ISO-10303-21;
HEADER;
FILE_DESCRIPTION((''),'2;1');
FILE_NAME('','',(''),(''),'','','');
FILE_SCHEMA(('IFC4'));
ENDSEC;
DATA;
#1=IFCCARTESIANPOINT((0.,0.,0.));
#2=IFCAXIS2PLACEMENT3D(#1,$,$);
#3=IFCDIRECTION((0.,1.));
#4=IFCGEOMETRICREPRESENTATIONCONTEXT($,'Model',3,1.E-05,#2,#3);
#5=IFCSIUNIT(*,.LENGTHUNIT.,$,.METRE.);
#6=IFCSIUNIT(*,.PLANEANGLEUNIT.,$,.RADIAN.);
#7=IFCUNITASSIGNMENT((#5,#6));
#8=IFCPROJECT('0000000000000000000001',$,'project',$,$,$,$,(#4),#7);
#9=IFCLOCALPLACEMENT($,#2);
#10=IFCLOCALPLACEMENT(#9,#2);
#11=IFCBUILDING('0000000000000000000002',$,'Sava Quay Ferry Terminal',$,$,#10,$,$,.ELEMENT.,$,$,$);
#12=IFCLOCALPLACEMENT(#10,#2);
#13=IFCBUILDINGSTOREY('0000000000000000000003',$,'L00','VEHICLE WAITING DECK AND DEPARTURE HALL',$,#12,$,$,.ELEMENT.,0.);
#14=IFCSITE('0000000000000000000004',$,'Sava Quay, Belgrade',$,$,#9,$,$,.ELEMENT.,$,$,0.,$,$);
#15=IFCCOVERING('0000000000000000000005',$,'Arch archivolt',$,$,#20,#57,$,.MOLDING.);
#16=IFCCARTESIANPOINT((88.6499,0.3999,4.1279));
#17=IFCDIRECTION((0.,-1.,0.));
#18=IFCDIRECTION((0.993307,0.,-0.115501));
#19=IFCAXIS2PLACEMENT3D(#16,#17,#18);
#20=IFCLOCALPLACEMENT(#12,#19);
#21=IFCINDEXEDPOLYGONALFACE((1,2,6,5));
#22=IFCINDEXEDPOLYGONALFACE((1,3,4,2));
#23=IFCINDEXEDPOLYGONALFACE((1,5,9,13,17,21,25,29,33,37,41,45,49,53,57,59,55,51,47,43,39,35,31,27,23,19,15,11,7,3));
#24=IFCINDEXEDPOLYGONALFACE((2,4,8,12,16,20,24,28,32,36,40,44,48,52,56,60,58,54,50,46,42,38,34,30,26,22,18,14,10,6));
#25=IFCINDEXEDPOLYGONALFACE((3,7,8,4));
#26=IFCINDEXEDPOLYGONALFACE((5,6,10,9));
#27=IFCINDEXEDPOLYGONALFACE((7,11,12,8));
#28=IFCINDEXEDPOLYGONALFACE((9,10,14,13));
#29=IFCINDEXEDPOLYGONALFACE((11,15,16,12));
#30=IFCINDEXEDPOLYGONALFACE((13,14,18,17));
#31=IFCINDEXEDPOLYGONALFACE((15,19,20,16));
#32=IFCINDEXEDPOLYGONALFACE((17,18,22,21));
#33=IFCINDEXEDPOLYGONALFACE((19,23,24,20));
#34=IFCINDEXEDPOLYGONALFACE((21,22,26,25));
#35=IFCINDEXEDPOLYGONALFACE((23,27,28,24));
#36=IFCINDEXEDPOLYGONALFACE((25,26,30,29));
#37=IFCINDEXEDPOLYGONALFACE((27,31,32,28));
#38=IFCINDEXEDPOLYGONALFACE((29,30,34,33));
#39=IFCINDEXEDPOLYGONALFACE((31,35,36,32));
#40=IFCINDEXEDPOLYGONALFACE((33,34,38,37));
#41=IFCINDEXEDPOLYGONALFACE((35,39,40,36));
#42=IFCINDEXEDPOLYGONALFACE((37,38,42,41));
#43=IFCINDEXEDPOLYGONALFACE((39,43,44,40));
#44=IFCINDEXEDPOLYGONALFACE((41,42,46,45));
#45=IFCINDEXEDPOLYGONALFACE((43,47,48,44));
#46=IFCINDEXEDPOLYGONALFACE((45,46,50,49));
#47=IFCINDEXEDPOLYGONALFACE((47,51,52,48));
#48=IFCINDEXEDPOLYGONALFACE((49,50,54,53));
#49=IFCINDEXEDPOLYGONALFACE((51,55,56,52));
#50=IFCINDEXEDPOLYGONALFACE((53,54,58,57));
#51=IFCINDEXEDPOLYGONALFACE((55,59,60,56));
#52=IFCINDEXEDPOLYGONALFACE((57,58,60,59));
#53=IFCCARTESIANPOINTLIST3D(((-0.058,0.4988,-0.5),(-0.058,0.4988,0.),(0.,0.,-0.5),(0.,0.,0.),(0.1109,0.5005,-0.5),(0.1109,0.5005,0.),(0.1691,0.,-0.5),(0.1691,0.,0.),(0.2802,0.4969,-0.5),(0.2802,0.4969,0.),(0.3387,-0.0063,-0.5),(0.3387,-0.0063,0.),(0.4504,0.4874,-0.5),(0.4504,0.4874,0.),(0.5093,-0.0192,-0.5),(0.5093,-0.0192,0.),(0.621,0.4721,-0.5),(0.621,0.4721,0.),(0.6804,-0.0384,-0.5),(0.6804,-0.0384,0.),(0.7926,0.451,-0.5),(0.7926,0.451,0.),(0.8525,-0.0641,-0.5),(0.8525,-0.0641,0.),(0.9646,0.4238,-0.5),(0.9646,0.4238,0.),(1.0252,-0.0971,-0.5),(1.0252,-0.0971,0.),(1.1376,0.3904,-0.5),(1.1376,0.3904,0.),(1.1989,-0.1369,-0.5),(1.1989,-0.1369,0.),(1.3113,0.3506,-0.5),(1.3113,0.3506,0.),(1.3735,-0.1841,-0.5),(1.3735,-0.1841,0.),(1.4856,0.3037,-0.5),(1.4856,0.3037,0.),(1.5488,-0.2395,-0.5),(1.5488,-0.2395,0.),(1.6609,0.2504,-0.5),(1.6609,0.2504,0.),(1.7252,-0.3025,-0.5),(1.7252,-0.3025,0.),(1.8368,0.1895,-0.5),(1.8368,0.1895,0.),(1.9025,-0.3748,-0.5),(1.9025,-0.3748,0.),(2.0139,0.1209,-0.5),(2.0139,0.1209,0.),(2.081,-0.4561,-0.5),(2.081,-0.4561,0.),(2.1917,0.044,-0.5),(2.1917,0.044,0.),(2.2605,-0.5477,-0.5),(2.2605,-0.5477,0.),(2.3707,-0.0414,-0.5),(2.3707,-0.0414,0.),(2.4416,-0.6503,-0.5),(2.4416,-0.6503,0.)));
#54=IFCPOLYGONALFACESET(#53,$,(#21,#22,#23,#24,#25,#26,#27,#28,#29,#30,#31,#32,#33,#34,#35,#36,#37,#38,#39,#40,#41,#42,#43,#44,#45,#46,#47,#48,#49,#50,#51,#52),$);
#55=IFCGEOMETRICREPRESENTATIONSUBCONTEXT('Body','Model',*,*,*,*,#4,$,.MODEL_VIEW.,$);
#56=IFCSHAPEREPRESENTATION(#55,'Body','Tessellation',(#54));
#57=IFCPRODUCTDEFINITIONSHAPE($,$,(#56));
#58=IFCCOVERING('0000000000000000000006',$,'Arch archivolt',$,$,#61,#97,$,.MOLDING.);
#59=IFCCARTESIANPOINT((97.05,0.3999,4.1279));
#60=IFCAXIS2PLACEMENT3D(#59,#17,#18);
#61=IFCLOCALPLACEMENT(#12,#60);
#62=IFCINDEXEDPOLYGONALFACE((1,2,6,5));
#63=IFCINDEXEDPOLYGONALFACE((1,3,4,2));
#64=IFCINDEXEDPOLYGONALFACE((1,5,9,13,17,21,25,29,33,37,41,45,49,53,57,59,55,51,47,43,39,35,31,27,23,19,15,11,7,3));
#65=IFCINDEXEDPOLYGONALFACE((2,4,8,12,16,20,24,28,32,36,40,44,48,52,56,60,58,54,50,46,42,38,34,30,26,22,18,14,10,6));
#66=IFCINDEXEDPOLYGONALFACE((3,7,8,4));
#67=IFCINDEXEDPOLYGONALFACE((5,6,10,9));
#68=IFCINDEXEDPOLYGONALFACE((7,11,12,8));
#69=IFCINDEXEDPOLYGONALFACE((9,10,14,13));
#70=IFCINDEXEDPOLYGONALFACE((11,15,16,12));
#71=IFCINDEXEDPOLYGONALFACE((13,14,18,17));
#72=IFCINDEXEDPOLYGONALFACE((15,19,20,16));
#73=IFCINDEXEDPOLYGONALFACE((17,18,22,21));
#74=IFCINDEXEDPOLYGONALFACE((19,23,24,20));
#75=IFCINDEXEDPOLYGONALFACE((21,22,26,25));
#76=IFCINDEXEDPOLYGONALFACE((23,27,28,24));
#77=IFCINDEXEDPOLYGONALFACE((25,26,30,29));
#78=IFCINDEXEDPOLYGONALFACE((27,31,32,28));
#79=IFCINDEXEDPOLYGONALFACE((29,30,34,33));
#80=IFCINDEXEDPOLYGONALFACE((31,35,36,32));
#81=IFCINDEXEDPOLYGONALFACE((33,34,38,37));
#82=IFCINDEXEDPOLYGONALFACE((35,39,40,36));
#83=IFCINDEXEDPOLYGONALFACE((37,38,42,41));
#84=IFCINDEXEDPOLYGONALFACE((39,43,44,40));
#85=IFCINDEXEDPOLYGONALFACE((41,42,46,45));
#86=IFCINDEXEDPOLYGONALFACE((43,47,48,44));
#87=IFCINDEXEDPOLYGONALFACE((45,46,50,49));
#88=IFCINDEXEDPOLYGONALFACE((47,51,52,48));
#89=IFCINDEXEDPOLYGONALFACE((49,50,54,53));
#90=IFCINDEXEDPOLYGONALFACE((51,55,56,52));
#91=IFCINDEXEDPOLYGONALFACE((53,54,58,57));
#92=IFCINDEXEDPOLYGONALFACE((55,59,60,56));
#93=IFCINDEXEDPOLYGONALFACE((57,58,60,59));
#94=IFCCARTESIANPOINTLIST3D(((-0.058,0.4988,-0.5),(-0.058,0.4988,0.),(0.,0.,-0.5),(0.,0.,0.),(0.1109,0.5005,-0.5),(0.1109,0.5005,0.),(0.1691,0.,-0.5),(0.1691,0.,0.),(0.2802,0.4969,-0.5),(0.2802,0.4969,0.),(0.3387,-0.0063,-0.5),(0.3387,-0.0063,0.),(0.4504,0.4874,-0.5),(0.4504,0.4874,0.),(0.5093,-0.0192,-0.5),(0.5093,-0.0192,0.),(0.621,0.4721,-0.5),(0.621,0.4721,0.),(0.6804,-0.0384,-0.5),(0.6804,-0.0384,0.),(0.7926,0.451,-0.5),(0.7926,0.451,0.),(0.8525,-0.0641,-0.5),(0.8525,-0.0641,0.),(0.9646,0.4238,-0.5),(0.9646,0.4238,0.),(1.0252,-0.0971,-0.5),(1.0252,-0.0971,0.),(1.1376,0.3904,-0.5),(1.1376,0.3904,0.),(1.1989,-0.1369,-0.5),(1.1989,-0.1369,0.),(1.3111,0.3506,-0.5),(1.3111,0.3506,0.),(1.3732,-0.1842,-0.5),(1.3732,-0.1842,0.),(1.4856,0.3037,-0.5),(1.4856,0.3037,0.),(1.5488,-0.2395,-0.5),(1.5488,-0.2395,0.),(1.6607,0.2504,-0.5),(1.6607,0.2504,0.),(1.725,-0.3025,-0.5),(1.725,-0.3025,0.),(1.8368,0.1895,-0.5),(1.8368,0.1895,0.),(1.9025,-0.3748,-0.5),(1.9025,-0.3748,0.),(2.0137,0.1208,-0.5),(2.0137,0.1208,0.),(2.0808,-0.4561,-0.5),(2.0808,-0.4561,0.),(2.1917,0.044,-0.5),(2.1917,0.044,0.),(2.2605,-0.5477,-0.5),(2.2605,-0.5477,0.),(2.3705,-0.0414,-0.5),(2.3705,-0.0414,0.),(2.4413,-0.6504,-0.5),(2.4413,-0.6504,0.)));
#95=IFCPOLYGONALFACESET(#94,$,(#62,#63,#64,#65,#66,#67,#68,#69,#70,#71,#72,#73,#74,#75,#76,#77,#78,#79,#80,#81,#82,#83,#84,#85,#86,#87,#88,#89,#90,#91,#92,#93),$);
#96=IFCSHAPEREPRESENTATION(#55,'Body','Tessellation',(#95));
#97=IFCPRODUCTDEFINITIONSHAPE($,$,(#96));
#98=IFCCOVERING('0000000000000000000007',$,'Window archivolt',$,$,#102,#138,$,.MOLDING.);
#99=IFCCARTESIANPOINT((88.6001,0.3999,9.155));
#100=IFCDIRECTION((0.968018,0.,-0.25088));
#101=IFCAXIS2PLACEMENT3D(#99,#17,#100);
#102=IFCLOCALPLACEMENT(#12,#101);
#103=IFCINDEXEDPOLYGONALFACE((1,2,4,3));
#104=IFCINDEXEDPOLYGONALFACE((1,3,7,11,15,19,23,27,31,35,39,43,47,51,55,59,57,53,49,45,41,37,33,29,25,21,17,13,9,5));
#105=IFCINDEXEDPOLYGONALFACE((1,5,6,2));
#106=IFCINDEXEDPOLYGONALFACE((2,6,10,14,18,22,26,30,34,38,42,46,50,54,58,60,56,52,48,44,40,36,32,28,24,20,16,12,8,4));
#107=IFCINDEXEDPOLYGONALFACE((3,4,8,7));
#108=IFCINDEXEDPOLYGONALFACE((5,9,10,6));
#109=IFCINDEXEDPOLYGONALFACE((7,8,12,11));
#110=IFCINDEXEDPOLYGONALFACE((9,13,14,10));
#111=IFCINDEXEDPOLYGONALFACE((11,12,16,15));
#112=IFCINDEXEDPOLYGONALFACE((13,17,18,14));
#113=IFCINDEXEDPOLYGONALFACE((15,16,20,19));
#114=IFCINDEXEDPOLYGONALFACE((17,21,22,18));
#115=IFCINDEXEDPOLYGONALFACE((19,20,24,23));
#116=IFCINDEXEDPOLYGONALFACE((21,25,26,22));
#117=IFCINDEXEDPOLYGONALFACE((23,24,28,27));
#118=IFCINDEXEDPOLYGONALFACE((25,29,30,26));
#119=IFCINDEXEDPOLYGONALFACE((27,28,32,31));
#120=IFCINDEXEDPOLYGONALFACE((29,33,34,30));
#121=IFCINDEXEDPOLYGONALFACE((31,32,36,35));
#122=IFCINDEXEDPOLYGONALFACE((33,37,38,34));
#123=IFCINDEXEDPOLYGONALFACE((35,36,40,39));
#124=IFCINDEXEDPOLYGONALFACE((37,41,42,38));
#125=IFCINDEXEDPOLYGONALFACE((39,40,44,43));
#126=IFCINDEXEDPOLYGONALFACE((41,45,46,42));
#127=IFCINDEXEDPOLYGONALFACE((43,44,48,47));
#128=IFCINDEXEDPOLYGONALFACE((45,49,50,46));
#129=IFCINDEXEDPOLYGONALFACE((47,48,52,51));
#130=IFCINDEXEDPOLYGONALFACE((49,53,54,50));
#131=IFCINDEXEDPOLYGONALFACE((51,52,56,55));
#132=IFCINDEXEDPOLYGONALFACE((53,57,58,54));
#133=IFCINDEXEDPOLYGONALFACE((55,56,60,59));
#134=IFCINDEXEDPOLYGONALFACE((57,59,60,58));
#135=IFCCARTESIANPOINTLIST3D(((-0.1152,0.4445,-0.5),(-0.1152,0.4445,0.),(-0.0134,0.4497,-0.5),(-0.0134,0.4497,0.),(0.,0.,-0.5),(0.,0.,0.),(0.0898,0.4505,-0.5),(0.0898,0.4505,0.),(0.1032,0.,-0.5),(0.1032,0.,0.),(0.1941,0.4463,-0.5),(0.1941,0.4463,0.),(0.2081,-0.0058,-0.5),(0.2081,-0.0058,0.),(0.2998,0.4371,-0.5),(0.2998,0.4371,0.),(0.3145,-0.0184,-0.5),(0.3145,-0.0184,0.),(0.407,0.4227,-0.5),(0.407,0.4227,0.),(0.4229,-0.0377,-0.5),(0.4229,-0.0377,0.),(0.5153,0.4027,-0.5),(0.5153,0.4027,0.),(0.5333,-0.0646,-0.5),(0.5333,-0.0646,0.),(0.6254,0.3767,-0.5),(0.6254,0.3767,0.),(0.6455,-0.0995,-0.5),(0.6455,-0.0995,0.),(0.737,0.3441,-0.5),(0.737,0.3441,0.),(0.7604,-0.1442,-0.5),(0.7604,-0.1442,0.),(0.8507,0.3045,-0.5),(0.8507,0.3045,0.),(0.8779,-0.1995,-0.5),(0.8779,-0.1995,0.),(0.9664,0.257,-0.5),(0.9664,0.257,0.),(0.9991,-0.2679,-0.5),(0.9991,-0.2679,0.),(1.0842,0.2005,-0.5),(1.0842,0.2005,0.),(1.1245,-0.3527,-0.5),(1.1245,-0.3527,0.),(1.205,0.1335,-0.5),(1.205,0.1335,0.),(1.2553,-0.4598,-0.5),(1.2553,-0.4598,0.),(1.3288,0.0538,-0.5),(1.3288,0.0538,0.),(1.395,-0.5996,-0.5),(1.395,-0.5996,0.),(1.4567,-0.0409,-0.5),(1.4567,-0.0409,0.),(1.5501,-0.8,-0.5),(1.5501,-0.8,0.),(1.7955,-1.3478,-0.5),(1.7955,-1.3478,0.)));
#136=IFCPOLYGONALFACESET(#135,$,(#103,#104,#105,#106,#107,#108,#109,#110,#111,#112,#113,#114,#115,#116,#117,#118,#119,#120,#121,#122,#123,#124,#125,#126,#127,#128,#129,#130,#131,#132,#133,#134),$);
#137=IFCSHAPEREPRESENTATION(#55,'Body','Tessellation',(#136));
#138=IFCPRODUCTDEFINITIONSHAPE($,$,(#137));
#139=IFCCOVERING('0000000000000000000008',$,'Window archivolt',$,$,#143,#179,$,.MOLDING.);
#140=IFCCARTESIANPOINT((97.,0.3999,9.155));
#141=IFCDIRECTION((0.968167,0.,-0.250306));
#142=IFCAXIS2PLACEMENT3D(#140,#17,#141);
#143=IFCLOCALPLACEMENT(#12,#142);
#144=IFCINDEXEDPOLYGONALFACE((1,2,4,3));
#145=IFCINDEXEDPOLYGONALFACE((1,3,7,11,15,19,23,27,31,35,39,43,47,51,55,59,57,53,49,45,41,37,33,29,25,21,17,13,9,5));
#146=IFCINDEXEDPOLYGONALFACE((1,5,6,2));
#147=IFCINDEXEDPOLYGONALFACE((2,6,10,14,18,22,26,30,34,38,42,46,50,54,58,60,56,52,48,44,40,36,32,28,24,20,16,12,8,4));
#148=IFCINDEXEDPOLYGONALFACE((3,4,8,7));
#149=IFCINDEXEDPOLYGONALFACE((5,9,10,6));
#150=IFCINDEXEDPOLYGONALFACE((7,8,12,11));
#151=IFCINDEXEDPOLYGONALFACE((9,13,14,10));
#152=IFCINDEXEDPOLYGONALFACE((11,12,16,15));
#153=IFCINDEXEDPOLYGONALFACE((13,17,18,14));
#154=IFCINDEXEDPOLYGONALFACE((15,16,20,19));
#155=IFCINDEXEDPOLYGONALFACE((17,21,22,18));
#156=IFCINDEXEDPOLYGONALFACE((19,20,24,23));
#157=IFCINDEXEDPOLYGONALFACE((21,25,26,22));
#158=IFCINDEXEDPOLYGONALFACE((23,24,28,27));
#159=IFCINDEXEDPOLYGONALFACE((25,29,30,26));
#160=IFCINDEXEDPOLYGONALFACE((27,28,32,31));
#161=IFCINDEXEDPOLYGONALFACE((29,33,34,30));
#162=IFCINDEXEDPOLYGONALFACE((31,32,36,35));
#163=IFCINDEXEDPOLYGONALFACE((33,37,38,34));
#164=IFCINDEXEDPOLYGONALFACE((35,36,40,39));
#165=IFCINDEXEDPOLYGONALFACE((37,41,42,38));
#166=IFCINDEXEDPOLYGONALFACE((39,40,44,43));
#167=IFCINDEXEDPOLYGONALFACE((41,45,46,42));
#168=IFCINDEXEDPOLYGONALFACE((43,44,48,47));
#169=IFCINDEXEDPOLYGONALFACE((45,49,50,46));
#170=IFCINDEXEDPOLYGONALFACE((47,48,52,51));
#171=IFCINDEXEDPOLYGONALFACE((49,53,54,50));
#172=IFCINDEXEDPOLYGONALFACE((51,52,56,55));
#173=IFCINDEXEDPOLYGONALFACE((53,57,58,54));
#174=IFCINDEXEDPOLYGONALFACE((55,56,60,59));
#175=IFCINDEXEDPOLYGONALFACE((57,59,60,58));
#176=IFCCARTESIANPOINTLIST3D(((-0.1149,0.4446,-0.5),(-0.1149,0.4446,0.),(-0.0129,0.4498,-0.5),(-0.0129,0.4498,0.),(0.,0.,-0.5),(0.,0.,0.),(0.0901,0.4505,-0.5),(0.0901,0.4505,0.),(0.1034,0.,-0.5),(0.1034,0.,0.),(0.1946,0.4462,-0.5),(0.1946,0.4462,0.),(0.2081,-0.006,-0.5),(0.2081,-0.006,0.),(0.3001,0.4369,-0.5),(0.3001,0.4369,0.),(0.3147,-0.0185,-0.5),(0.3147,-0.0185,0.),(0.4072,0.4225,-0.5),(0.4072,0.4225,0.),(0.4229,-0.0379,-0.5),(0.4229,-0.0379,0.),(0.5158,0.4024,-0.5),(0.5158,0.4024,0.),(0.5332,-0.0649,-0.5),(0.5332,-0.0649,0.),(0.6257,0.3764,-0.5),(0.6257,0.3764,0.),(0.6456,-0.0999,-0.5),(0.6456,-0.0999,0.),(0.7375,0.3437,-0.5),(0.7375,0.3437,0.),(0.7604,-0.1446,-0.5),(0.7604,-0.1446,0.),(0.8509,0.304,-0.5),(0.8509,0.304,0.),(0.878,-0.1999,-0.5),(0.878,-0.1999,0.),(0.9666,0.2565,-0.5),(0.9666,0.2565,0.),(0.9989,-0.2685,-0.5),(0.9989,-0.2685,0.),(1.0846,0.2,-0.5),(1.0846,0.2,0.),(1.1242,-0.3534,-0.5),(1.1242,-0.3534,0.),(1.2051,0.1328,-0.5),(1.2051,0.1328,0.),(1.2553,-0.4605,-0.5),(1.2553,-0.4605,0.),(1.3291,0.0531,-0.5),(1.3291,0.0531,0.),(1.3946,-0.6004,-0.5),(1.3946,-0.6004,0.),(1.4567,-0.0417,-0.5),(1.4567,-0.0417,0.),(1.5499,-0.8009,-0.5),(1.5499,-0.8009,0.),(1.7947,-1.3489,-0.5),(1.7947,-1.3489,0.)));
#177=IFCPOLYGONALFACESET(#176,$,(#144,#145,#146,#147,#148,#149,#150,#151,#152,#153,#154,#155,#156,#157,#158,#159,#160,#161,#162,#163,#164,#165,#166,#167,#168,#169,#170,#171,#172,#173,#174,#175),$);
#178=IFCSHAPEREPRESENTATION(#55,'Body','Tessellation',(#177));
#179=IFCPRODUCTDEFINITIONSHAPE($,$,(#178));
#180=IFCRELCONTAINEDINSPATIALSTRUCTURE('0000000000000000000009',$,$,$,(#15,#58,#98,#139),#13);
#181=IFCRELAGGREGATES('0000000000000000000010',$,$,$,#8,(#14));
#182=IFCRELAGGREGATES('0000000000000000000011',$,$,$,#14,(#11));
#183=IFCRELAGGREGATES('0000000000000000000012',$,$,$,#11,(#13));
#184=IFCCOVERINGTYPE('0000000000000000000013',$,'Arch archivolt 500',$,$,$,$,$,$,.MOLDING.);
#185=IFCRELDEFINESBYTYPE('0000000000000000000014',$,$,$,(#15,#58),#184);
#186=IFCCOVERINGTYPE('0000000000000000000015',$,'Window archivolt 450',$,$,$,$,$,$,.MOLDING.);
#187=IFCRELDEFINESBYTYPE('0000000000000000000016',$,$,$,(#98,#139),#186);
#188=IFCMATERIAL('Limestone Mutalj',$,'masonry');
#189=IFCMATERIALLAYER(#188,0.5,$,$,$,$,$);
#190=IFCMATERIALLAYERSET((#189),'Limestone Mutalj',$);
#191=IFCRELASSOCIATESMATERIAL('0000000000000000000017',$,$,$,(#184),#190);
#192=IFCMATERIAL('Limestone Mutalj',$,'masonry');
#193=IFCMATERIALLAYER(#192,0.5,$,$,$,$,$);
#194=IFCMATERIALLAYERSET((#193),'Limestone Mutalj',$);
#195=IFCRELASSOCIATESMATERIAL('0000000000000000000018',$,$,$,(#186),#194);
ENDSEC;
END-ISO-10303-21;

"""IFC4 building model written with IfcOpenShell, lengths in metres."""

from ifc_helpers import new_model, si_unit, direction, frame, origin, place, context, subcontext, project, spatial, polyline, outline, extrude, material, layer, layer_set, type_object, element, save


model = new_model("IFC4")

# Units and contexts
model_context = context("Model", 3, precision=1e-05, world=origin(), true_north=direction((0.0, 1.0)))
body_context = subcontext(model_context, "Body", "Model", "MODEL_VIEW")
ifc_project = project(units=[si_unit("LENGTHUNIT", "METRE"), si_unit("PLANEANGLEUNIT", "RADIAN")], contexts=[model_context])

# Site, building, storey
site_placement = place(None, origin())
site = spatial("IfcSite", under=ifc_project, at=site_placement, Name="Sava Quay, Belgrade", CompositionType="ELEMENT", RefElevation=0.0)
building_placement = place(site_placement, origin())
building = spatial("IfcBuilding", under=site, at=building_placement, Name="Sava Quay Ferry Terminal", CompositionType="ELEMENT")
storey_placement = place(building_placement, origin())
storey = spatial("IfcBuildingStorey", under=building, at=storey_placement, Name="L00", Description="VEHICLE WAITING DECK AND DEPARTURE HALL", CompositionType="ELEMENT", Elevation=0.0)

# Coverings
ifc_material_1 = material(Name="Limestone Mutalj", Category="masonry")
ifc_layer_1 = layer(ifc_material_1, 0.5)
ifc_layer_set_1 = layer_set([ifc_layer_1], Name="Limestone Mutalj")
covering_type_1 = type_object("IfcCoveringType", Name="Arch archivolt 500", PredefinedType="MOLDING", material=ifc_layer_set_1)
covering_1_placement = place(storey_placement, frame((88.6499, 0.3999, 4.1279), z_axis=(0.0, -1.0, 0.0), x_axis=(0.993307, 0.0, -0.115501)))
element("IfcCovering", 1, at=covering_1_placement, inside=storey, type_object=covering_type_1, Name="Arch archivolt", PredefinedType="MOLDING", context=body_context, shape_type="SweptSolid", body=[
    extrude(outline(polyline([(0.0, 0.0), (0.1691, 0.0), (0.3387, -0.0063), (0.5093, -0.0192), (0.6804, -0.0384), (0.8525, -0.0641), (1.0252, -0.0971), (1.1989, -0.1369), (1.3735, -0.1841), (1.5488, -0.2395), (1.7252, -0.3025), (1.9025, -0.3748), (2.081, -0.4561), (2.2605, -0.5477), (2.4416, -0.6503), (2.3707, -0.0414), (2.1917, 0.044), (2.0139, 0.1209), (1.8368, 0.1895), (1.6609, 0.2504), (1.4856, 0.3037), (1.3113, 0.3506), (1.1376, 0.3904), (0.9646, 0.4238), (0.7926, 0.451), (0.621, 0.4721), (0.4504, 0.4874), (0.2802, 0.4969), (0.1109, 0.5005), (-0.058, 0.4988), (0.0, 0.0)])), origin(), (0.0, 0.0, -1.0), 0.5),
])
covering_2_placement = place(storey_placement, frame((97.05, 0.3999, 4.1279), z_axis=(0.0, -1.0, 0.0), x_axis=(0.993307, 0.0, -0.115501)))
element("IfcCovering", 2, at=covering_2_placement, inside=storey, type_object=covering_type_1, Name="Arch archivolt", PredefinedType="MOLDING", context=body_context, shape_type="SweptSolid", body=[
    extrude(outline(polyline([(0.0, 0.0), (0.1691, 0.0), (0.3387, -0.0063), (0.5093, -0.0192), (0.6804, -0.0384), (0.8525, -0.0641), (1.0252, -0.0971), (1.1989, -0.1369), (1.3732, -0.1842), (1.5488, -0.2395), (1.725, -0.3025), (1.9025, -0.3748), (2.0808, -0.4561), (2.2605, -0.5477), (2.4413, -0.6504), (2.3705, -0.0414), (2.1917, 0.044), (2.0137, 0.1208), (1.8368, 0.1895), (1.6607, 0.2504), (1.4856, 0.3037), (1.3111, 0.3506), (1.1376, 0.3904), (0.9646, 0.4238), (0.7926, 0.451), (0.621, 0.4721), (0.4504, 0.4874), (0.2802, 0.4969), (0.1109, 0.5005), (-0.058, 0.4988), (0.0, 0.0)])), origin(), (0.0, 0.0, -1.0), 0.5),
])
ifc_material_2 = material(Name="Limestone Mutalj", Category="masonry")
ifc_layer_2 = layer(ifc_material_2, 0.5)
ifc_layer_set_2 = layer_set([ifc_layer_2], Name="Limestone Mutalj")
covering_type_2 = type_object("IfcCoveringType", Name="Window archivolt 450", PredefinedType="MOLDING", material=ifc_layer_set_2)
covering_3_placement = place(storey_placement, frame((88.6001, 0.3999, 9.155), z_axis=(0.0, -1.0, 0.0), x_axis=(0.968018, 0.0, -0.25088)))
element("IfcCovering", 3, at=covering_3_placement, inside=storey, type_object=covering_type_2, Name="Window archivolt", PredefinedType="MOLDING", context=body_context, shape_type="SweptSolid", body=[
    extrude(outline(polyline([(0.0, 0.0), (0.1032, 0.0), (0.2081, -0.0058), (0.3145, -0.0184), (0.4229, -0.0377), (0.5333, -0.0646), (0.6455, -0.0995), (0.7604, -0.1442), (0.8779, -0.1995), (0.9991, -0.2679), (1.1245, -0.3527), (1.2553, -0.4598), (1.395, -0.5996), (1.5501, -0.8), (1.7955, -1.3478), (1.4567, -0.0409), (1.3288, 0.0538), (1.205, 0.1335), (1.0842, 0.2005), (0.9664, 0.257), (0.8507, 0.3045), (0.737, 0.3441), (0.6254, 0.3767), (0.5153, 0.4027), (0.407, 0.4227), (0.2998, 0.4371), (0.1941, 0.4463), (0.0898, 0.4505), (-0.0134, 0.4497), (-0.1152, 0.4445), (0.0, 0.0)])), origin(), (0.0, 0.0, -1.0), 0.5),
])
covering_4_placement = place(storey_placement, frame((97.0, 0.3999, 9.155), z_axis=(0.0, -1.0, 0.0), x_axis=(0.968167, 0.0, -0.250306)))
element("IfcCovering", 4, at=covering_4_placement, inside=storey, type_object=covering_type_2, Name="Window archivolt", PredefinedType="MOLDING", context=body_context, shape_type="SweptSolid", body=[
    extrude(outline(polyline([(0.0, 0.0), (0.1034, 0.0), (0.2081, -0.006), (0.3147, -0.0185), (0.4229, -0.0379), (0.5332, -0.0649), (0.6456, -0.0999), (0.7604, -0.1446), (0.878, -0.1999), (0.9989, -0.2685), (1.1242, -0.3534), (1.2553, -0.4605), (1.3946, -0.6004), (1.5499, -0.8009), (1.7947, -1.3489), (1.4567, -0.0417), (1.3291, 0.0531), (1.2051, 0.1328), (1.0846, 0.2), (0.9666, 0.2565), (0.8509, 0.304), (0.7375, 0.3437), (0.6257, 0.3764), (0.5158, 0.4024), (0.4072, 0.4225), (0.3001, 0.4369), (0.1946, 0.4462), (0.0901, 0.4505), (-0.0129, 0.4498), (-0.1149, 0.4446), (0.0, 0.0)])), origin(), (0.0, 0.0, -1.0), 0.5),
])

save(model, "model.ifc")
